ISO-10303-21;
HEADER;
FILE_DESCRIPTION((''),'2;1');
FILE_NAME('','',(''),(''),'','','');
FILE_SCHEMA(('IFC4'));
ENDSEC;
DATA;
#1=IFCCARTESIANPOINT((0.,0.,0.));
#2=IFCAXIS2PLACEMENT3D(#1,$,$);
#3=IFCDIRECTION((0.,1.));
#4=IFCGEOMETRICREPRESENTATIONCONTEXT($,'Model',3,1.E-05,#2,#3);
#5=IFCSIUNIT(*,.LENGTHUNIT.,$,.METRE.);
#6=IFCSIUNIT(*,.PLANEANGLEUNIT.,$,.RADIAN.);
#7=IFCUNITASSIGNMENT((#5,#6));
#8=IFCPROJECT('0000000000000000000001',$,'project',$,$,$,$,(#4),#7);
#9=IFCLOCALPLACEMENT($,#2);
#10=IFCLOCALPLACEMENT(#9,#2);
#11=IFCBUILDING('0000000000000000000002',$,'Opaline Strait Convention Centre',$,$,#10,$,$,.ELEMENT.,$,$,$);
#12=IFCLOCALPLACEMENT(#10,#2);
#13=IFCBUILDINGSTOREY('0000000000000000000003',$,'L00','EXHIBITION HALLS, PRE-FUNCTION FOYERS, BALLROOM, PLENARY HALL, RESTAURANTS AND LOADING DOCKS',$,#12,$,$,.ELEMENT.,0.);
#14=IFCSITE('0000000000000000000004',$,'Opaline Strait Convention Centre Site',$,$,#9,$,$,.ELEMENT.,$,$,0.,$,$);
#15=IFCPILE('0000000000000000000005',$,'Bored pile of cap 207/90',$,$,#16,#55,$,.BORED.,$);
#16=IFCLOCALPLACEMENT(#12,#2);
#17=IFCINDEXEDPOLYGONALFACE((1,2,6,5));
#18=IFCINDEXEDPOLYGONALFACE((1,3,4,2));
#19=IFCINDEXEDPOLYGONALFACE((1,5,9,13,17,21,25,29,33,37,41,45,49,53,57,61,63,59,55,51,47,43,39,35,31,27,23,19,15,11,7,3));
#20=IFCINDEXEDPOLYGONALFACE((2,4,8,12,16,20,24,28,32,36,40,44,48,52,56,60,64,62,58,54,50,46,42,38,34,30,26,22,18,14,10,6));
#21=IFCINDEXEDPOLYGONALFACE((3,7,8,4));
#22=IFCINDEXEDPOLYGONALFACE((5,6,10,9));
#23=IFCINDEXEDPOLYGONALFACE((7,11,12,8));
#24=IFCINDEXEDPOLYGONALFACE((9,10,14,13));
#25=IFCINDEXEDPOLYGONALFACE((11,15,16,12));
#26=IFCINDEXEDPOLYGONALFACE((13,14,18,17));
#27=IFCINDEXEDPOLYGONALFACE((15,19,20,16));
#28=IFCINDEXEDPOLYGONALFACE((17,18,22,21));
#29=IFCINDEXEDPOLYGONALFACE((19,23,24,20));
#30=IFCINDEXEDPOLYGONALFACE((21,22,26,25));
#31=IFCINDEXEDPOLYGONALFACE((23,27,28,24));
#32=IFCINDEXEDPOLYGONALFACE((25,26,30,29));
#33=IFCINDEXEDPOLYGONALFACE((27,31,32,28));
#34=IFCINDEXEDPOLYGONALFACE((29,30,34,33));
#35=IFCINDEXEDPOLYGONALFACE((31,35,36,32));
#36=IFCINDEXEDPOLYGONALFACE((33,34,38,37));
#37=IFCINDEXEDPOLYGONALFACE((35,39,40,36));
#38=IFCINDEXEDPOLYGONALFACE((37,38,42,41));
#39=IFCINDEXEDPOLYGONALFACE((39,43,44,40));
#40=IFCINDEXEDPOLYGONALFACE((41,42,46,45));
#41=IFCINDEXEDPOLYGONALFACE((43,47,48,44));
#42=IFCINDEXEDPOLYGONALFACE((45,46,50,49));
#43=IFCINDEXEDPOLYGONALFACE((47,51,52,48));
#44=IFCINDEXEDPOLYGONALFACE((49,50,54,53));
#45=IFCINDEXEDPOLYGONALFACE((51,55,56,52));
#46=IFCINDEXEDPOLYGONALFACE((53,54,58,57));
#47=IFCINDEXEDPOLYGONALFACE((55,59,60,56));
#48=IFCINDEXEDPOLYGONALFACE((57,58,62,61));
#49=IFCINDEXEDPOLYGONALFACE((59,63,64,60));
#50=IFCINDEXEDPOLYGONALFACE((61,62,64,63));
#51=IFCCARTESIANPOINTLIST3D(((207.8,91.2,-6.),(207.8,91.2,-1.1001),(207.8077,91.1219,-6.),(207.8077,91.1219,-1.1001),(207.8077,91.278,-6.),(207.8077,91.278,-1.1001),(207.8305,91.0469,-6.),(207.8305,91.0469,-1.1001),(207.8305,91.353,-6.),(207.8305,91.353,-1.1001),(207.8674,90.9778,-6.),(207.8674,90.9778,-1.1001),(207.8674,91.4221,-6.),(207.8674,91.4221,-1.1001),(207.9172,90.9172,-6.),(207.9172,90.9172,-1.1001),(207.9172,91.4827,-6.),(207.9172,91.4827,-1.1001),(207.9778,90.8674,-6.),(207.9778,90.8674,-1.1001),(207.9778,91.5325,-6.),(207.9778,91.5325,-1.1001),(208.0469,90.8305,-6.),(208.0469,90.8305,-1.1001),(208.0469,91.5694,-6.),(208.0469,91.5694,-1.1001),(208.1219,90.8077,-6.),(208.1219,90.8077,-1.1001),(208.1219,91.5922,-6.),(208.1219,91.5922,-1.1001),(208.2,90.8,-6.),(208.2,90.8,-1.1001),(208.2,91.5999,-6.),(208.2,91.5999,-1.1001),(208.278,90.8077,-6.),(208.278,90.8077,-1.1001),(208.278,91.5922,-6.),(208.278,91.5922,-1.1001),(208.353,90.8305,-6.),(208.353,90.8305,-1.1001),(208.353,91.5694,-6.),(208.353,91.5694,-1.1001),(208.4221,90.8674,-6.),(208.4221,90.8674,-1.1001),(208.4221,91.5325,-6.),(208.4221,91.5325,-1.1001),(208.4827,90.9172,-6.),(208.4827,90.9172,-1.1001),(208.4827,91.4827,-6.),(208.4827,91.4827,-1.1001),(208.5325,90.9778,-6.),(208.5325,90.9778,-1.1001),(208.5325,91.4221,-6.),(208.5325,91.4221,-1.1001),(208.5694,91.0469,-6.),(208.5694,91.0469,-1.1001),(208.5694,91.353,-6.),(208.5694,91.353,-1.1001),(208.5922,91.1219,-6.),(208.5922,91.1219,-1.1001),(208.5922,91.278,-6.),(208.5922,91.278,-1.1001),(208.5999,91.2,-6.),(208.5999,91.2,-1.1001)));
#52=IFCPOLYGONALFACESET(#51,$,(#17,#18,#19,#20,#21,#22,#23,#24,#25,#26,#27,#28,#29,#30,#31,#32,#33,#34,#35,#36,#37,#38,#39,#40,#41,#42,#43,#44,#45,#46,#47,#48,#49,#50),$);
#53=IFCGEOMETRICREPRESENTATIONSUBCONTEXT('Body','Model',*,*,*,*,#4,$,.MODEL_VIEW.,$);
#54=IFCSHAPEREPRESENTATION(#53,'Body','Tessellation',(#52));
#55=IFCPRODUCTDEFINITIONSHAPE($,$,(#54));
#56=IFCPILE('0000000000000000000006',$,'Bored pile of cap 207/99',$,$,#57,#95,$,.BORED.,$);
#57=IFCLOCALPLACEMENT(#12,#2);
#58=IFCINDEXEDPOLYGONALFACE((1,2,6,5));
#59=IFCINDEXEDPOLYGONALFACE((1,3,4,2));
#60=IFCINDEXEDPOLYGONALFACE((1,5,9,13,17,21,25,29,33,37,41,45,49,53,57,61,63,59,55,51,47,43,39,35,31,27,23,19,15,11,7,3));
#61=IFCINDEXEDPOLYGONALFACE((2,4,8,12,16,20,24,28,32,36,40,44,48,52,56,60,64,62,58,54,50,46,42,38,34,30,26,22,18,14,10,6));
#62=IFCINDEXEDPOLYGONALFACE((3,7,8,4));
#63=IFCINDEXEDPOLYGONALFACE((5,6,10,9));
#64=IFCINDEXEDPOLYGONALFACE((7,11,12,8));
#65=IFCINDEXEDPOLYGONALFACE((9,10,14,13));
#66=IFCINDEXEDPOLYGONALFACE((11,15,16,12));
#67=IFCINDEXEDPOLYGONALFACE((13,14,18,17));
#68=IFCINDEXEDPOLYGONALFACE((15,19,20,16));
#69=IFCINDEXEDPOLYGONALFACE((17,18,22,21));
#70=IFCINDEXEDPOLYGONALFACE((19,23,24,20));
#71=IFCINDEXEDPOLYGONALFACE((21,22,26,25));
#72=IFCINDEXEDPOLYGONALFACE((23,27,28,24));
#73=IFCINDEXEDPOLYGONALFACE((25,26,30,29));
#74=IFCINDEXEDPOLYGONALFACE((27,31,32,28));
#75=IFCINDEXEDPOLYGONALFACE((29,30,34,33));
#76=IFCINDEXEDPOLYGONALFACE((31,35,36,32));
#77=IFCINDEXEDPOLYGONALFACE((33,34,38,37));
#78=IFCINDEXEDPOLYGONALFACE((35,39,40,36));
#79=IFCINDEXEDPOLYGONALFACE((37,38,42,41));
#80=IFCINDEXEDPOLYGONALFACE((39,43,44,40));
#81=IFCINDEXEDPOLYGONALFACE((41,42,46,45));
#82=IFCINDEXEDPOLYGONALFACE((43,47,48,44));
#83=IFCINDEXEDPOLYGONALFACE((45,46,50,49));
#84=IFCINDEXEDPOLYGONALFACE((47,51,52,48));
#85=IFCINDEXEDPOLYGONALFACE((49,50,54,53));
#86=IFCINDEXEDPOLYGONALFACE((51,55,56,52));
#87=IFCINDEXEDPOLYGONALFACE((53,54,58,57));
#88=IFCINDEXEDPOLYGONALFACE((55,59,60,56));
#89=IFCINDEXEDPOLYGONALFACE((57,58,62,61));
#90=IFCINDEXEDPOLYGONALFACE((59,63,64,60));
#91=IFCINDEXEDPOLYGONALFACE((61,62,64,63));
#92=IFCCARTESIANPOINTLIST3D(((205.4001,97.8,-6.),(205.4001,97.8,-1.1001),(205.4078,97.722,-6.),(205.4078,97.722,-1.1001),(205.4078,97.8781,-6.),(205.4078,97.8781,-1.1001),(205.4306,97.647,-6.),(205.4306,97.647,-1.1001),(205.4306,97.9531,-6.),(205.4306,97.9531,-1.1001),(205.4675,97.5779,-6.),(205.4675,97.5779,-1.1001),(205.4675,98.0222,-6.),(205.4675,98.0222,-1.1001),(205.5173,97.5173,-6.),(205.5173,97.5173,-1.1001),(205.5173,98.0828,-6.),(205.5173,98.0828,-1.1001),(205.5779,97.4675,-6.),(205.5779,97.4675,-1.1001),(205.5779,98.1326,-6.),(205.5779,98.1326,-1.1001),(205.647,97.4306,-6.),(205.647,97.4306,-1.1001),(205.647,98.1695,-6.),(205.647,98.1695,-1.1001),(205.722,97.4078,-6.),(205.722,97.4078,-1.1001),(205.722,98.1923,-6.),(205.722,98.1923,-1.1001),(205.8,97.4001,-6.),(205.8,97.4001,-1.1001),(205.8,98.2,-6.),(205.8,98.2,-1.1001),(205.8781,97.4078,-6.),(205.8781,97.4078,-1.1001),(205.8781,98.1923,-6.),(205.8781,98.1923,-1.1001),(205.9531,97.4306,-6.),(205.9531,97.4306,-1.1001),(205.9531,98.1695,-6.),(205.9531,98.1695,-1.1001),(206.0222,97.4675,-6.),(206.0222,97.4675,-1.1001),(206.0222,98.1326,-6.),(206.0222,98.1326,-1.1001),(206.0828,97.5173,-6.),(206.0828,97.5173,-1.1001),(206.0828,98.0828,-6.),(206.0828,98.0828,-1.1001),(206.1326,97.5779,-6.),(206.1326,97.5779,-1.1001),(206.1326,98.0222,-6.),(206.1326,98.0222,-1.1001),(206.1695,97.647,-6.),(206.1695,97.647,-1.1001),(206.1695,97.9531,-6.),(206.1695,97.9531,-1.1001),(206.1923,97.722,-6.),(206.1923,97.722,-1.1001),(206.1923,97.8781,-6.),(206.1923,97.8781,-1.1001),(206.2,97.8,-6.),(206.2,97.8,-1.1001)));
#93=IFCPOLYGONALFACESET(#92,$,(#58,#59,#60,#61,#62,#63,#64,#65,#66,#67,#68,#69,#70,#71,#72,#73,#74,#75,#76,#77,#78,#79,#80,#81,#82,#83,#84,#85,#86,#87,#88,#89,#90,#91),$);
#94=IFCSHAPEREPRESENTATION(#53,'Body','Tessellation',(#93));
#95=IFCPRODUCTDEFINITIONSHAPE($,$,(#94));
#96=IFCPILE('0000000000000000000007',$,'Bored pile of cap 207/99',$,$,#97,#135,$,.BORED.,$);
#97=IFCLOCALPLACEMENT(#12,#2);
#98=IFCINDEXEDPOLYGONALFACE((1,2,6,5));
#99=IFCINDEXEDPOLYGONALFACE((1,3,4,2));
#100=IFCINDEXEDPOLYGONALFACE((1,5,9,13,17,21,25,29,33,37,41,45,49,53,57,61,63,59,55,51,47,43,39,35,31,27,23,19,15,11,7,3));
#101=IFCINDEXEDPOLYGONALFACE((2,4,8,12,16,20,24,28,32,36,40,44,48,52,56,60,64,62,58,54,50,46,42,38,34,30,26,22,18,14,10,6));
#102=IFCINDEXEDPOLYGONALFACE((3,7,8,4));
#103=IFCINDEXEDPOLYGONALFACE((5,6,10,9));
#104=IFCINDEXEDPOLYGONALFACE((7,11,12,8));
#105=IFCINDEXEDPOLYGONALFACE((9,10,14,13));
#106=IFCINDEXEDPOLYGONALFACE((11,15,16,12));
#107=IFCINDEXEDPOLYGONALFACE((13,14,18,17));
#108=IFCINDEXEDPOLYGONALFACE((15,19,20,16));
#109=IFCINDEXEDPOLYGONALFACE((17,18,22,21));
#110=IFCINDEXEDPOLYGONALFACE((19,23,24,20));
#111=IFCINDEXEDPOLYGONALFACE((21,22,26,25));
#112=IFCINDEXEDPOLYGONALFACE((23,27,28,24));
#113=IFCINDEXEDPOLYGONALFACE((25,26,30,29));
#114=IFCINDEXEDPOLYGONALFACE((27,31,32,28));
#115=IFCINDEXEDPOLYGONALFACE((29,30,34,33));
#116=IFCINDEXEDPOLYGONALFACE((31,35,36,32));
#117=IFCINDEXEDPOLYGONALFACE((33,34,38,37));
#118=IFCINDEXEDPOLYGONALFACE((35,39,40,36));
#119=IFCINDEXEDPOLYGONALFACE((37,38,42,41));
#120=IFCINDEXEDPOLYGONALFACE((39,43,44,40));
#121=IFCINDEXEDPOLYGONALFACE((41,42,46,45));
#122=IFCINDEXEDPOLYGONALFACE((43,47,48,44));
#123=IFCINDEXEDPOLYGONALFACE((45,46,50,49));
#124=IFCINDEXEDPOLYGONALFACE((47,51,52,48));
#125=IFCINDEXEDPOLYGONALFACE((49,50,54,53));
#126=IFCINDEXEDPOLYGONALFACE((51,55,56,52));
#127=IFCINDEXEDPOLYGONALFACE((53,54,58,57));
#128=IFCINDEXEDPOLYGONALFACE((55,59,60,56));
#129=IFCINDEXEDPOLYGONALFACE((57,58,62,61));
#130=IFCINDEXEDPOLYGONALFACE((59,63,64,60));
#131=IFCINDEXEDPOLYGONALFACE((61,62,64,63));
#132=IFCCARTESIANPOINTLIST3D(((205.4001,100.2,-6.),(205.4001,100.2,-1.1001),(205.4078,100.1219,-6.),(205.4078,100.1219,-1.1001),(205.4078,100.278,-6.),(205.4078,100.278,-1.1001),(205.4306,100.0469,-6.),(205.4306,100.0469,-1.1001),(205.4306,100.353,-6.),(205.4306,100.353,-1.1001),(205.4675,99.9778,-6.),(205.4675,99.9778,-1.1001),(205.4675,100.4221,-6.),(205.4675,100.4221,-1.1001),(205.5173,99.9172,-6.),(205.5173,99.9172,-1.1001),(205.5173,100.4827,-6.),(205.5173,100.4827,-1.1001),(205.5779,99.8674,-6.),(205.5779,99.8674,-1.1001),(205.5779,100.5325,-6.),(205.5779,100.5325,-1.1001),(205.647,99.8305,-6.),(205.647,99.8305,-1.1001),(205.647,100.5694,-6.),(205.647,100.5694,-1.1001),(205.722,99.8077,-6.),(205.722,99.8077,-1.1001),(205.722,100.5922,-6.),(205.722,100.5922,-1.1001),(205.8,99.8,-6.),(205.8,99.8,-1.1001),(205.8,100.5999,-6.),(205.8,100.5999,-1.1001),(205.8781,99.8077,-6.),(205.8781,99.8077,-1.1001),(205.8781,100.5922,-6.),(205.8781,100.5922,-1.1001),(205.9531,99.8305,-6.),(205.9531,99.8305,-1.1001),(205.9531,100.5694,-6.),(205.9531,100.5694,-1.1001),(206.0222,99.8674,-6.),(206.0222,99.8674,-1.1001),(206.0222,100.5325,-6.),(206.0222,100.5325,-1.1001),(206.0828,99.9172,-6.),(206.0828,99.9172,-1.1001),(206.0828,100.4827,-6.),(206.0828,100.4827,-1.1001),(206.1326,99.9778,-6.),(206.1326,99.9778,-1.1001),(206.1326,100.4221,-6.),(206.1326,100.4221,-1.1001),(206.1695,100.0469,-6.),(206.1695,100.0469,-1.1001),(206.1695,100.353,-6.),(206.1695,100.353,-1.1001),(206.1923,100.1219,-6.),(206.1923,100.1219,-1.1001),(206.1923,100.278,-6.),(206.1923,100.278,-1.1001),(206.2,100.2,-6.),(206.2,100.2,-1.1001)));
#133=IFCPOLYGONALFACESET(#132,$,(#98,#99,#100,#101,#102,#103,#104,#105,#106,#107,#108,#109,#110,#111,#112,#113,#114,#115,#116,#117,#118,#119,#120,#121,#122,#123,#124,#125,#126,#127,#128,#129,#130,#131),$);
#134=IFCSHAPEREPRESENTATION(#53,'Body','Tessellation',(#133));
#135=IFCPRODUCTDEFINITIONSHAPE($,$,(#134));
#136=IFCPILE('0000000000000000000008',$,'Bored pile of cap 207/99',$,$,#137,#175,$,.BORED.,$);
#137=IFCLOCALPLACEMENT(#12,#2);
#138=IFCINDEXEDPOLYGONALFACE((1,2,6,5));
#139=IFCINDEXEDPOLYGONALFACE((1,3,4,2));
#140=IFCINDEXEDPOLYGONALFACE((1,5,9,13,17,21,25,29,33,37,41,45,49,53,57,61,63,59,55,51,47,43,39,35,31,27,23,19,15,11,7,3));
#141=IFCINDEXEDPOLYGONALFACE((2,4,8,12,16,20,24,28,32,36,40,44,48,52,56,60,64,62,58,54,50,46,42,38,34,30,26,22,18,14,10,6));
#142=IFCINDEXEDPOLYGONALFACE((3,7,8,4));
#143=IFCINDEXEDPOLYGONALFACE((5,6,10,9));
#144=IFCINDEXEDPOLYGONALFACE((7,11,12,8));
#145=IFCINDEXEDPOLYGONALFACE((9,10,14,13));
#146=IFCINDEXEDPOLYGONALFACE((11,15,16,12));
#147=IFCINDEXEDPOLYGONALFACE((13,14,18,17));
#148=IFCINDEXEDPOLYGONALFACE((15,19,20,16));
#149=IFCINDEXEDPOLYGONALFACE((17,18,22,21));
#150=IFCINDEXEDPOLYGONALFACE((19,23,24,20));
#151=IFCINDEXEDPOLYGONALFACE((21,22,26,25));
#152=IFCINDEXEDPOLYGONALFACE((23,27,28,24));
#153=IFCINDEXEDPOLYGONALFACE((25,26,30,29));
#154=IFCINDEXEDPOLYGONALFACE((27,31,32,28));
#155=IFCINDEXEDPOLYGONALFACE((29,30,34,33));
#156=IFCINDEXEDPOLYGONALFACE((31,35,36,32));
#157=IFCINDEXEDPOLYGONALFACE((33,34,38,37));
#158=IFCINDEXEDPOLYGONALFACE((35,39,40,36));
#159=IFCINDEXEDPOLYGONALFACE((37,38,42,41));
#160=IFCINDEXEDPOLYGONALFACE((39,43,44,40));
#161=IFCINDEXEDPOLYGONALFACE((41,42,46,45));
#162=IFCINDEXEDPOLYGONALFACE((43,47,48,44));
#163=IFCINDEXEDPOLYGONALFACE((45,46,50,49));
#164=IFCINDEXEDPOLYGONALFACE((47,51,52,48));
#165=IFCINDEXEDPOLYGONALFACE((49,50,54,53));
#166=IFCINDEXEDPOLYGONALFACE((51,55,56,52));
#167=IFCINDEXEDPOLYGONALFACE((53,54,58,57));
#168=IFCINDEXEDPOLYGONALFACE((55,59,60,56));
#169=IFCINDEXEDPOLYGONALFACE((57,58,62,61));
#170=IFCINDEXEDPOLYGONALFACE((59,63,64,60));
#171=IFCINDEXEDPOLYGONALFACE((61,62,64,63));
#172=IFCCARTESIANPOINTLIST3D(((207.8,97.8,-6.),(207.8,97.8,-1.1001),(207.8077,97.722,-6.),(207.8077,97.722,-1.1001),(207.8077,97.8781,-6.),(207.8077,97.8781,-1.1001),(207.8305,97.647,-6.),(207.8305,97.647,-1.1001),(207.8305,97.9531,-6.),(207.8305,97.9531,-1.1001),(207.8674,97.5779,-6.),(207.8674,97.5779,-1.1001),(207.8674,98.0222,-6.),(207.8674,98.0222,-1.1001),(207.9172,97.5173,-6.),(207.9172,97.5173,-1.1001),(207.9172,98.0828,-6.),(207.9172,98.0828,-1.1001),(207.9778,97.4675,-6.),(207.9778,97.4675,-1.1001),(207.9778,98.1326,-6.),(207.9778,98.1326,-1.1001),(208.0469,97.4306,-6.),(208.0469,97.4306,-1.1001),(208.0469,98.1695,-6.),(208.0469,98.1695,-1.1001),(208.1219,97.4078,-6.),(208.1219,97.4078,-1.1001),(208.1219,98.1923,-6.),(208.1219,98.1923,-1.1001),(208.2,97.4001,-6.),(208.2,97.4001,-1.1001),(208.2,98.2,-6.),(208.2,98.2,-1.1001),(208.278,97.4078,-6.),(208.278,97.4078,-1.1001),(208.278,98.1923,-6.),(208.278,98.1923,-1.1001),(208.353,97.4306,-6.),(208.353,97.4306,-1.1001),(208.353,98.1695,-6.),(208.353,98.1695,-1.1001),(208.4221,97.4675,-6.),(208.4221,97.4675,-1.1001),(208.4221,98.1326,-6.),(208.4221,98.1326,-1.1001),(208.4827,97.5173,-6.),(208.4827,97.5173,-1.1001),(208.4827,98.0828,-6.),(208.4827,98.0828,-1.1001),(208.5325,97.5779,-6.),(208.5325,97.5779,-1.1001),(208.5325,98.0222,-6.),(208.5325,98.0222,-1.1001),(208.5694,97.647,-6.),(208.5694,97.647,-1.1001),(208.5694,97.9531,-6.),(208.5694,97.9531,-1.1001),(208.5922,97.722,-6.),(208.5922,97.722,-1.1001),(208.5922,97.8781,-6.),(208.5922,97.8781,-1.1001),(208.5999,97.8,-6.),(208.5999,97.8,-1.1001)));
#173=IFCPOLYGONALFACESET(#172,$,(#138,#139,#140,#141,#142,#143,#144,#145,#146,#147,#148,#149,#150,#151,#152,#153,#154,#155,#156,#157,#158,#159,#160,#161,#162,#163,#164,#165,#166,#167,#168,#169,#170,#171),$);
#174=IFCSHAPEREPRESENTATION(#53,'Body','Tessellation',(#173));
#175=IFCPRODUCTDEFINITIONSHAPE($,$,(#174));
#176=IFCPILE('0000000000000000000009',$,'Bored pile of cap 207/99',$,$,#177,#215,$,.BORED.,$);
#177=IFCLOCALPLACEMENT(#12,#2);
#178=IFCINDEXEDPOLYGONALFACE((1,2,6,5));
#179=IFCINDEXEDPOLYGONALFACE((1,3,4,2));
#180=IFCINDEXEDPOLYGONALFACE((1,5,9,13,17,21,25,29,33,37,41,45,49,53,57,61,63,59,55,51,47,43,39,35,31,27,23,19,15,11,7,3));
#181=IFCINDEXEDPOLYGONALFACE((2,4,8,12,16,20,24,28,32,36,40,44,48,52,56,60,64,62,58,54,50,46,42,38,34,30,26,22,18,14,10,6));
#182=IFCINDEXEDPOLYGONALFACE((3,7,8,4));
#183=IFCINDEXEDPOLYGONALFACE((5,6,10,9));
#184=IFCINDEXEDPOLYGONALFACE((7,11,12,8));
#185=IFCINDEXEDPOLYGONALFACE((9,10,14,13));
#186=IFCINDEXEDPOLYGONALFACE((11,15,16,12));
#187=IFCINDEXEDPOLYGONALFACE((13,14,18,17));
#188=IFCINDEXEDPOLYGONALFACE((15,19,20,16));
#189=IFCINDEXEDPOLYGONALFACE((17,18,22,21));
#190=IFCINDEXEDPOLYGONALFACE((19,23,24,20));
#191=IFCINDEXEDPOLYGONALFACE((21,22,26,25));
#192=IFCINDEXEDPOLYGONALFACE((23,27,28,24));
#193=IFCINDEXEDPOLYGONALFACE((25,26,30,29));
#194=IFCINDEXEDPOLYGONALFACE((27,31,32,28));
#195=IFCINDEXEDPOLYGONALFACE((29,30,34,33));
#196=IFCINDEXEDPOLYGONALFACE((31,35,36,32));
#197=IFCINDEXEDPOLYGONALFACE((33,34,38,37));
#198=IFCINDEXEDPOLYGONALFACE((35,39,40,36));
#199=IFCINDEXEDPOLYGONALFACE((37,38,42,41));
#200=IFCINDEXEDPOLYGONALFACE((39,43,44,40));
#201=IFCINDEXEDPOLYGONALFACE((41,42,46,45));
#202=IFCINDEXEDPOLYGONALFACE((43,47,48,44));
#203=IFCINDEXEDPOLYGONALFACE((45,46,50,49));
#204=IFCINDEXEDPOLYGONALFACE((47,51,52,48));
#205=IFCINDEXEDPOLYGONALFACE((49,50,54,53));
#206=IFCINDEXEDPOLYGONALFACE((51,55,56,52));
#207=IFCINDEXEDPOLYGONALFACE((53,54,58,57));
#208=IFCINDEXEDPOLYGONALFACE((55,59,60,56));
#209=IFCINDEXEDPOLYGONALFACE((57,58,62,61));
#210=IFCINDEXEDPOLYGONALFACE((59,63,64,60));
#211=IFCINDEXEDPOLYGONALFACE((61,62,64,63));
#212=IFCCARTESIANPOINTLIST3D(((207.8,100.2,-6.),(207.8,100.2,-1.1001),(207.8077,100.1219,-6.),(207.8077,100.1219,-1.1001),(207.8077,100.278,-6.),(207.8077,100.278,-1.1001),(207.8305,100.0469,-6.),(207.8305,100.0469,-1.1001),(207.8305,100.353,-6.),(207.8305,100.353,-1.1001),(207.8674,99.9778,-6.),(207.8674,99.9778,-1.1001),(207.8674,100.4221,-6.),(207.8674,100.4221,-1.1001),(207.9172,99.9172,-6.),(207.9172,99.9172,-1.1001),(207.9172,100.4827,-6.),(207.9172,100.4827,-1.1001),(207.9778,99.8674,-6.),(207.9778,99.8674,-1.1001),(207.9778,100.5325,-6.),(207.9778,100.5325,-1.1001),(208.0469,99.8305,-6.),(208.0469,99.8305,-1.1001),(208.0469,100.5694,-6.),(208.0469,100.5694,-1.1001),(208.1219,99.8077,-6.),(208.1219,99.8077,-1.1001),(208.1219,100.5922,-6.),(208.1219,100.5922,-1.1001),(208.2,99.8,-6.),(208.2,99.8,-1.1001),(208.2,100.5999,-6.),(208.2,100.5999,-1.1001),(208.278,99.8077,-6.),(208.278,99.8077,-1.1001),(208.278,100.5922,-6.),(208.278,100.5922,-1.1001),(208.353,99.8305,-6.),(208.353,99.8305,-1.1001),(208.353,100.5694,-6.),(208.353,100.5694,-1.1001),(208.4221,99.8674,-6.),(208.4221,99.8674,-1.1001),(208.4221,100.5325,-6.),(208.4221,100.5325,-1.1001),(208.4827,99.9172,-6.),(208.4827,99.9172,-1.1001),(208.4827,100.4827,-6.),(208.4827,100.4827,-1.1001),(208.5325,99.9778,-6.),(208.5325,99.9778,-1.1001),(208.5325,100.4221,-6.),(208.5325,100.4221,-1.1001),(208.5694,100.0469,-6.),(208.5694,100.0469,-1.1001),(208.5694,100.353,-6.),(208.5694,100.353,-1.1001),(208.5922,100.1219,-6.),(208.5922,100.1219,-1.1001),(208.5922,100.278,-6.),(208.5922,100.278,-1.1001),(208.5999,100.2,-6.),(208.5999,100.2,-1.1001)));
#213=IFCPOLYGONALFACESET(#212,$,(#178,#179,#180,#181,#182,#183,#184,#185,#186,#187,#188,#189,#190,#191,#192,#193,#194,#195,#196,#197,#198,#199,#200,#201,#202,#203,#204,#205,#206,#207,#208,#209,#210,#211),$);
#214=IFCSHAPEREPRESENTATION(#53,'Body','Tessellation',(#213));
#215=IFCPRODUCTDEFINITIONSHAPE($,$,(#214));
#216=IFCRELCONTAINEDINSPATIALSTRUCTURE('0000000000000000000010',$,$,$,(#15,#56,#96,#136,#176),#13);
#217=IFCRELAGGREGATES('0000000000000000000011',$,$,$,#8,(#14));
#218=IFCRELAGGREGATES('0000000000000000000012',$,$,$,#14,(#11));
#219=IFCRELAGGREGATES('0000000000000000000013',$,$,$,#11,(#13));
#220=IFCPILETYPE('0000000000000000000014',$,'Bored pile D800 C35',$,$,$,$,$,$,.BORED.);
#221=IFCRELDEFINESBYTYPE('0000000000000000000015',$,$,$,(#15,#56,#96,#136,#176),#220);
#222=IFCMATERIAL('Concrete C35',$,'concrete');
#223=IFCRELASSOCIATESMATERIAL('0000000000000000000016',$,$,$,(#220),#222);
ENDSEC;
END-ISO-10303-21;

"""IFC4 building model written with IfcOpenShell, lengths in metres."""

from ifc_helpers import new_model, si_unit, direction, frame, origin, origin_2d, place, context, subcontext, project, spatial, circle, extrude, material, material_profile, profile_set, type_object, element, save


model = new_model("IFC4")

# Units and contexts
model_context = context("Model", 3, precision=1e-05, world=origin(), true_north=direction((0.0, 1.0)))
body_context = subcontext(model_context, "Body", "Model", "MODEL_VIEW")
ifc_project = project(units=[si_unit("LENGTHUNIT", "METRE"), si_unit("PLANEANGLEUNIT", "RADIAN")], contexts=[model_context])

# Site, building, storey
site_placement = place(None, origin())
site = spatial("IfcSite", under=ifc_project, at=site_placement, Name="Opaline Strait Convention Centre Site", CompositionType="ELEMENT", RefElevation=0.0)
building_placement = place(site_placement, origin())
building = spatial("IfcBuilding", under=site, at=building_placement, Name="Opaline Strait Convention Centre", CompositionType="ELEMENT")
storey_placement = place(building_placement, origin())
storey = spatial("IfcBuildingStorey", under=building, at=storey_placement, Name="L00", Description="EXHIBITION HALLS, PRE-FUNCTION FOYERS, BALLROOM, PLENARY HALL, RESTAURANTS AND LOADING DOCKS", CompositionType="ELEMENT", Elevation=0.0)

# Piles
ifc_material_1 = material(Name="Concrete C35", Category="concrete")
ifc_material_profile_1 = material_profile(ifc_material_1, circle(Radius=0.3999, at=origin_2d()), Name="D800")
ifc_profile_set_1 = profile_set([ifc_material_profile_1], Name="Concrete C35")
pile_type = type_object("IfcPileType", Name="Bored pile D800 C35", PredefinedType="BORED", material=ifc_profile_set_1)
for number, where, z_axis, x_axis, name in (
    (1, (208.2, 91.2, -1.1001), (0.0, 0.0, -1.0), (1.0, 0.0, 0.0), "Bored pile of cap 207/90"),
    (2, (205.8, 97.8, -1.1001), (0.0, 0.0, -1.0), (1.0, 0.0, 0.0), "Bored pile of cap 207/99"),
    (3, (205.8, 100.2, -1.1001), (0.0, 0.0, -1.0), (1.0, 0.0, 0.0), "Bored pile of cap 207/99"),
    (4, (208.2, 97.8, -1.1001), (0.0, 0.0, -1.0), (1.0, 0.0, 0.0), "Bored pile of cap 207/99"),
    (5, (208.2, 100.2, -1.1001), (0.0, 0.0, -1.0), (1.0, 0.0, 0.0), "Bored pile of cap 207/99"),
):
    element("IfcPile", number, at=place(storey_placement, frame(where, z_axis=z_axis, x_axis=x_axis)), inside=storey, type_object=pile_type, Name=name, PredefinedType="BORED", context=body_context, shape_type="SweptSolid", body=[
        extrude(circle(Radius=0.3999, at=origin_2d()), origin(), (0.0, 0.0, 1.0), 4.8999),
    ])

save(model, "model.ifc")
